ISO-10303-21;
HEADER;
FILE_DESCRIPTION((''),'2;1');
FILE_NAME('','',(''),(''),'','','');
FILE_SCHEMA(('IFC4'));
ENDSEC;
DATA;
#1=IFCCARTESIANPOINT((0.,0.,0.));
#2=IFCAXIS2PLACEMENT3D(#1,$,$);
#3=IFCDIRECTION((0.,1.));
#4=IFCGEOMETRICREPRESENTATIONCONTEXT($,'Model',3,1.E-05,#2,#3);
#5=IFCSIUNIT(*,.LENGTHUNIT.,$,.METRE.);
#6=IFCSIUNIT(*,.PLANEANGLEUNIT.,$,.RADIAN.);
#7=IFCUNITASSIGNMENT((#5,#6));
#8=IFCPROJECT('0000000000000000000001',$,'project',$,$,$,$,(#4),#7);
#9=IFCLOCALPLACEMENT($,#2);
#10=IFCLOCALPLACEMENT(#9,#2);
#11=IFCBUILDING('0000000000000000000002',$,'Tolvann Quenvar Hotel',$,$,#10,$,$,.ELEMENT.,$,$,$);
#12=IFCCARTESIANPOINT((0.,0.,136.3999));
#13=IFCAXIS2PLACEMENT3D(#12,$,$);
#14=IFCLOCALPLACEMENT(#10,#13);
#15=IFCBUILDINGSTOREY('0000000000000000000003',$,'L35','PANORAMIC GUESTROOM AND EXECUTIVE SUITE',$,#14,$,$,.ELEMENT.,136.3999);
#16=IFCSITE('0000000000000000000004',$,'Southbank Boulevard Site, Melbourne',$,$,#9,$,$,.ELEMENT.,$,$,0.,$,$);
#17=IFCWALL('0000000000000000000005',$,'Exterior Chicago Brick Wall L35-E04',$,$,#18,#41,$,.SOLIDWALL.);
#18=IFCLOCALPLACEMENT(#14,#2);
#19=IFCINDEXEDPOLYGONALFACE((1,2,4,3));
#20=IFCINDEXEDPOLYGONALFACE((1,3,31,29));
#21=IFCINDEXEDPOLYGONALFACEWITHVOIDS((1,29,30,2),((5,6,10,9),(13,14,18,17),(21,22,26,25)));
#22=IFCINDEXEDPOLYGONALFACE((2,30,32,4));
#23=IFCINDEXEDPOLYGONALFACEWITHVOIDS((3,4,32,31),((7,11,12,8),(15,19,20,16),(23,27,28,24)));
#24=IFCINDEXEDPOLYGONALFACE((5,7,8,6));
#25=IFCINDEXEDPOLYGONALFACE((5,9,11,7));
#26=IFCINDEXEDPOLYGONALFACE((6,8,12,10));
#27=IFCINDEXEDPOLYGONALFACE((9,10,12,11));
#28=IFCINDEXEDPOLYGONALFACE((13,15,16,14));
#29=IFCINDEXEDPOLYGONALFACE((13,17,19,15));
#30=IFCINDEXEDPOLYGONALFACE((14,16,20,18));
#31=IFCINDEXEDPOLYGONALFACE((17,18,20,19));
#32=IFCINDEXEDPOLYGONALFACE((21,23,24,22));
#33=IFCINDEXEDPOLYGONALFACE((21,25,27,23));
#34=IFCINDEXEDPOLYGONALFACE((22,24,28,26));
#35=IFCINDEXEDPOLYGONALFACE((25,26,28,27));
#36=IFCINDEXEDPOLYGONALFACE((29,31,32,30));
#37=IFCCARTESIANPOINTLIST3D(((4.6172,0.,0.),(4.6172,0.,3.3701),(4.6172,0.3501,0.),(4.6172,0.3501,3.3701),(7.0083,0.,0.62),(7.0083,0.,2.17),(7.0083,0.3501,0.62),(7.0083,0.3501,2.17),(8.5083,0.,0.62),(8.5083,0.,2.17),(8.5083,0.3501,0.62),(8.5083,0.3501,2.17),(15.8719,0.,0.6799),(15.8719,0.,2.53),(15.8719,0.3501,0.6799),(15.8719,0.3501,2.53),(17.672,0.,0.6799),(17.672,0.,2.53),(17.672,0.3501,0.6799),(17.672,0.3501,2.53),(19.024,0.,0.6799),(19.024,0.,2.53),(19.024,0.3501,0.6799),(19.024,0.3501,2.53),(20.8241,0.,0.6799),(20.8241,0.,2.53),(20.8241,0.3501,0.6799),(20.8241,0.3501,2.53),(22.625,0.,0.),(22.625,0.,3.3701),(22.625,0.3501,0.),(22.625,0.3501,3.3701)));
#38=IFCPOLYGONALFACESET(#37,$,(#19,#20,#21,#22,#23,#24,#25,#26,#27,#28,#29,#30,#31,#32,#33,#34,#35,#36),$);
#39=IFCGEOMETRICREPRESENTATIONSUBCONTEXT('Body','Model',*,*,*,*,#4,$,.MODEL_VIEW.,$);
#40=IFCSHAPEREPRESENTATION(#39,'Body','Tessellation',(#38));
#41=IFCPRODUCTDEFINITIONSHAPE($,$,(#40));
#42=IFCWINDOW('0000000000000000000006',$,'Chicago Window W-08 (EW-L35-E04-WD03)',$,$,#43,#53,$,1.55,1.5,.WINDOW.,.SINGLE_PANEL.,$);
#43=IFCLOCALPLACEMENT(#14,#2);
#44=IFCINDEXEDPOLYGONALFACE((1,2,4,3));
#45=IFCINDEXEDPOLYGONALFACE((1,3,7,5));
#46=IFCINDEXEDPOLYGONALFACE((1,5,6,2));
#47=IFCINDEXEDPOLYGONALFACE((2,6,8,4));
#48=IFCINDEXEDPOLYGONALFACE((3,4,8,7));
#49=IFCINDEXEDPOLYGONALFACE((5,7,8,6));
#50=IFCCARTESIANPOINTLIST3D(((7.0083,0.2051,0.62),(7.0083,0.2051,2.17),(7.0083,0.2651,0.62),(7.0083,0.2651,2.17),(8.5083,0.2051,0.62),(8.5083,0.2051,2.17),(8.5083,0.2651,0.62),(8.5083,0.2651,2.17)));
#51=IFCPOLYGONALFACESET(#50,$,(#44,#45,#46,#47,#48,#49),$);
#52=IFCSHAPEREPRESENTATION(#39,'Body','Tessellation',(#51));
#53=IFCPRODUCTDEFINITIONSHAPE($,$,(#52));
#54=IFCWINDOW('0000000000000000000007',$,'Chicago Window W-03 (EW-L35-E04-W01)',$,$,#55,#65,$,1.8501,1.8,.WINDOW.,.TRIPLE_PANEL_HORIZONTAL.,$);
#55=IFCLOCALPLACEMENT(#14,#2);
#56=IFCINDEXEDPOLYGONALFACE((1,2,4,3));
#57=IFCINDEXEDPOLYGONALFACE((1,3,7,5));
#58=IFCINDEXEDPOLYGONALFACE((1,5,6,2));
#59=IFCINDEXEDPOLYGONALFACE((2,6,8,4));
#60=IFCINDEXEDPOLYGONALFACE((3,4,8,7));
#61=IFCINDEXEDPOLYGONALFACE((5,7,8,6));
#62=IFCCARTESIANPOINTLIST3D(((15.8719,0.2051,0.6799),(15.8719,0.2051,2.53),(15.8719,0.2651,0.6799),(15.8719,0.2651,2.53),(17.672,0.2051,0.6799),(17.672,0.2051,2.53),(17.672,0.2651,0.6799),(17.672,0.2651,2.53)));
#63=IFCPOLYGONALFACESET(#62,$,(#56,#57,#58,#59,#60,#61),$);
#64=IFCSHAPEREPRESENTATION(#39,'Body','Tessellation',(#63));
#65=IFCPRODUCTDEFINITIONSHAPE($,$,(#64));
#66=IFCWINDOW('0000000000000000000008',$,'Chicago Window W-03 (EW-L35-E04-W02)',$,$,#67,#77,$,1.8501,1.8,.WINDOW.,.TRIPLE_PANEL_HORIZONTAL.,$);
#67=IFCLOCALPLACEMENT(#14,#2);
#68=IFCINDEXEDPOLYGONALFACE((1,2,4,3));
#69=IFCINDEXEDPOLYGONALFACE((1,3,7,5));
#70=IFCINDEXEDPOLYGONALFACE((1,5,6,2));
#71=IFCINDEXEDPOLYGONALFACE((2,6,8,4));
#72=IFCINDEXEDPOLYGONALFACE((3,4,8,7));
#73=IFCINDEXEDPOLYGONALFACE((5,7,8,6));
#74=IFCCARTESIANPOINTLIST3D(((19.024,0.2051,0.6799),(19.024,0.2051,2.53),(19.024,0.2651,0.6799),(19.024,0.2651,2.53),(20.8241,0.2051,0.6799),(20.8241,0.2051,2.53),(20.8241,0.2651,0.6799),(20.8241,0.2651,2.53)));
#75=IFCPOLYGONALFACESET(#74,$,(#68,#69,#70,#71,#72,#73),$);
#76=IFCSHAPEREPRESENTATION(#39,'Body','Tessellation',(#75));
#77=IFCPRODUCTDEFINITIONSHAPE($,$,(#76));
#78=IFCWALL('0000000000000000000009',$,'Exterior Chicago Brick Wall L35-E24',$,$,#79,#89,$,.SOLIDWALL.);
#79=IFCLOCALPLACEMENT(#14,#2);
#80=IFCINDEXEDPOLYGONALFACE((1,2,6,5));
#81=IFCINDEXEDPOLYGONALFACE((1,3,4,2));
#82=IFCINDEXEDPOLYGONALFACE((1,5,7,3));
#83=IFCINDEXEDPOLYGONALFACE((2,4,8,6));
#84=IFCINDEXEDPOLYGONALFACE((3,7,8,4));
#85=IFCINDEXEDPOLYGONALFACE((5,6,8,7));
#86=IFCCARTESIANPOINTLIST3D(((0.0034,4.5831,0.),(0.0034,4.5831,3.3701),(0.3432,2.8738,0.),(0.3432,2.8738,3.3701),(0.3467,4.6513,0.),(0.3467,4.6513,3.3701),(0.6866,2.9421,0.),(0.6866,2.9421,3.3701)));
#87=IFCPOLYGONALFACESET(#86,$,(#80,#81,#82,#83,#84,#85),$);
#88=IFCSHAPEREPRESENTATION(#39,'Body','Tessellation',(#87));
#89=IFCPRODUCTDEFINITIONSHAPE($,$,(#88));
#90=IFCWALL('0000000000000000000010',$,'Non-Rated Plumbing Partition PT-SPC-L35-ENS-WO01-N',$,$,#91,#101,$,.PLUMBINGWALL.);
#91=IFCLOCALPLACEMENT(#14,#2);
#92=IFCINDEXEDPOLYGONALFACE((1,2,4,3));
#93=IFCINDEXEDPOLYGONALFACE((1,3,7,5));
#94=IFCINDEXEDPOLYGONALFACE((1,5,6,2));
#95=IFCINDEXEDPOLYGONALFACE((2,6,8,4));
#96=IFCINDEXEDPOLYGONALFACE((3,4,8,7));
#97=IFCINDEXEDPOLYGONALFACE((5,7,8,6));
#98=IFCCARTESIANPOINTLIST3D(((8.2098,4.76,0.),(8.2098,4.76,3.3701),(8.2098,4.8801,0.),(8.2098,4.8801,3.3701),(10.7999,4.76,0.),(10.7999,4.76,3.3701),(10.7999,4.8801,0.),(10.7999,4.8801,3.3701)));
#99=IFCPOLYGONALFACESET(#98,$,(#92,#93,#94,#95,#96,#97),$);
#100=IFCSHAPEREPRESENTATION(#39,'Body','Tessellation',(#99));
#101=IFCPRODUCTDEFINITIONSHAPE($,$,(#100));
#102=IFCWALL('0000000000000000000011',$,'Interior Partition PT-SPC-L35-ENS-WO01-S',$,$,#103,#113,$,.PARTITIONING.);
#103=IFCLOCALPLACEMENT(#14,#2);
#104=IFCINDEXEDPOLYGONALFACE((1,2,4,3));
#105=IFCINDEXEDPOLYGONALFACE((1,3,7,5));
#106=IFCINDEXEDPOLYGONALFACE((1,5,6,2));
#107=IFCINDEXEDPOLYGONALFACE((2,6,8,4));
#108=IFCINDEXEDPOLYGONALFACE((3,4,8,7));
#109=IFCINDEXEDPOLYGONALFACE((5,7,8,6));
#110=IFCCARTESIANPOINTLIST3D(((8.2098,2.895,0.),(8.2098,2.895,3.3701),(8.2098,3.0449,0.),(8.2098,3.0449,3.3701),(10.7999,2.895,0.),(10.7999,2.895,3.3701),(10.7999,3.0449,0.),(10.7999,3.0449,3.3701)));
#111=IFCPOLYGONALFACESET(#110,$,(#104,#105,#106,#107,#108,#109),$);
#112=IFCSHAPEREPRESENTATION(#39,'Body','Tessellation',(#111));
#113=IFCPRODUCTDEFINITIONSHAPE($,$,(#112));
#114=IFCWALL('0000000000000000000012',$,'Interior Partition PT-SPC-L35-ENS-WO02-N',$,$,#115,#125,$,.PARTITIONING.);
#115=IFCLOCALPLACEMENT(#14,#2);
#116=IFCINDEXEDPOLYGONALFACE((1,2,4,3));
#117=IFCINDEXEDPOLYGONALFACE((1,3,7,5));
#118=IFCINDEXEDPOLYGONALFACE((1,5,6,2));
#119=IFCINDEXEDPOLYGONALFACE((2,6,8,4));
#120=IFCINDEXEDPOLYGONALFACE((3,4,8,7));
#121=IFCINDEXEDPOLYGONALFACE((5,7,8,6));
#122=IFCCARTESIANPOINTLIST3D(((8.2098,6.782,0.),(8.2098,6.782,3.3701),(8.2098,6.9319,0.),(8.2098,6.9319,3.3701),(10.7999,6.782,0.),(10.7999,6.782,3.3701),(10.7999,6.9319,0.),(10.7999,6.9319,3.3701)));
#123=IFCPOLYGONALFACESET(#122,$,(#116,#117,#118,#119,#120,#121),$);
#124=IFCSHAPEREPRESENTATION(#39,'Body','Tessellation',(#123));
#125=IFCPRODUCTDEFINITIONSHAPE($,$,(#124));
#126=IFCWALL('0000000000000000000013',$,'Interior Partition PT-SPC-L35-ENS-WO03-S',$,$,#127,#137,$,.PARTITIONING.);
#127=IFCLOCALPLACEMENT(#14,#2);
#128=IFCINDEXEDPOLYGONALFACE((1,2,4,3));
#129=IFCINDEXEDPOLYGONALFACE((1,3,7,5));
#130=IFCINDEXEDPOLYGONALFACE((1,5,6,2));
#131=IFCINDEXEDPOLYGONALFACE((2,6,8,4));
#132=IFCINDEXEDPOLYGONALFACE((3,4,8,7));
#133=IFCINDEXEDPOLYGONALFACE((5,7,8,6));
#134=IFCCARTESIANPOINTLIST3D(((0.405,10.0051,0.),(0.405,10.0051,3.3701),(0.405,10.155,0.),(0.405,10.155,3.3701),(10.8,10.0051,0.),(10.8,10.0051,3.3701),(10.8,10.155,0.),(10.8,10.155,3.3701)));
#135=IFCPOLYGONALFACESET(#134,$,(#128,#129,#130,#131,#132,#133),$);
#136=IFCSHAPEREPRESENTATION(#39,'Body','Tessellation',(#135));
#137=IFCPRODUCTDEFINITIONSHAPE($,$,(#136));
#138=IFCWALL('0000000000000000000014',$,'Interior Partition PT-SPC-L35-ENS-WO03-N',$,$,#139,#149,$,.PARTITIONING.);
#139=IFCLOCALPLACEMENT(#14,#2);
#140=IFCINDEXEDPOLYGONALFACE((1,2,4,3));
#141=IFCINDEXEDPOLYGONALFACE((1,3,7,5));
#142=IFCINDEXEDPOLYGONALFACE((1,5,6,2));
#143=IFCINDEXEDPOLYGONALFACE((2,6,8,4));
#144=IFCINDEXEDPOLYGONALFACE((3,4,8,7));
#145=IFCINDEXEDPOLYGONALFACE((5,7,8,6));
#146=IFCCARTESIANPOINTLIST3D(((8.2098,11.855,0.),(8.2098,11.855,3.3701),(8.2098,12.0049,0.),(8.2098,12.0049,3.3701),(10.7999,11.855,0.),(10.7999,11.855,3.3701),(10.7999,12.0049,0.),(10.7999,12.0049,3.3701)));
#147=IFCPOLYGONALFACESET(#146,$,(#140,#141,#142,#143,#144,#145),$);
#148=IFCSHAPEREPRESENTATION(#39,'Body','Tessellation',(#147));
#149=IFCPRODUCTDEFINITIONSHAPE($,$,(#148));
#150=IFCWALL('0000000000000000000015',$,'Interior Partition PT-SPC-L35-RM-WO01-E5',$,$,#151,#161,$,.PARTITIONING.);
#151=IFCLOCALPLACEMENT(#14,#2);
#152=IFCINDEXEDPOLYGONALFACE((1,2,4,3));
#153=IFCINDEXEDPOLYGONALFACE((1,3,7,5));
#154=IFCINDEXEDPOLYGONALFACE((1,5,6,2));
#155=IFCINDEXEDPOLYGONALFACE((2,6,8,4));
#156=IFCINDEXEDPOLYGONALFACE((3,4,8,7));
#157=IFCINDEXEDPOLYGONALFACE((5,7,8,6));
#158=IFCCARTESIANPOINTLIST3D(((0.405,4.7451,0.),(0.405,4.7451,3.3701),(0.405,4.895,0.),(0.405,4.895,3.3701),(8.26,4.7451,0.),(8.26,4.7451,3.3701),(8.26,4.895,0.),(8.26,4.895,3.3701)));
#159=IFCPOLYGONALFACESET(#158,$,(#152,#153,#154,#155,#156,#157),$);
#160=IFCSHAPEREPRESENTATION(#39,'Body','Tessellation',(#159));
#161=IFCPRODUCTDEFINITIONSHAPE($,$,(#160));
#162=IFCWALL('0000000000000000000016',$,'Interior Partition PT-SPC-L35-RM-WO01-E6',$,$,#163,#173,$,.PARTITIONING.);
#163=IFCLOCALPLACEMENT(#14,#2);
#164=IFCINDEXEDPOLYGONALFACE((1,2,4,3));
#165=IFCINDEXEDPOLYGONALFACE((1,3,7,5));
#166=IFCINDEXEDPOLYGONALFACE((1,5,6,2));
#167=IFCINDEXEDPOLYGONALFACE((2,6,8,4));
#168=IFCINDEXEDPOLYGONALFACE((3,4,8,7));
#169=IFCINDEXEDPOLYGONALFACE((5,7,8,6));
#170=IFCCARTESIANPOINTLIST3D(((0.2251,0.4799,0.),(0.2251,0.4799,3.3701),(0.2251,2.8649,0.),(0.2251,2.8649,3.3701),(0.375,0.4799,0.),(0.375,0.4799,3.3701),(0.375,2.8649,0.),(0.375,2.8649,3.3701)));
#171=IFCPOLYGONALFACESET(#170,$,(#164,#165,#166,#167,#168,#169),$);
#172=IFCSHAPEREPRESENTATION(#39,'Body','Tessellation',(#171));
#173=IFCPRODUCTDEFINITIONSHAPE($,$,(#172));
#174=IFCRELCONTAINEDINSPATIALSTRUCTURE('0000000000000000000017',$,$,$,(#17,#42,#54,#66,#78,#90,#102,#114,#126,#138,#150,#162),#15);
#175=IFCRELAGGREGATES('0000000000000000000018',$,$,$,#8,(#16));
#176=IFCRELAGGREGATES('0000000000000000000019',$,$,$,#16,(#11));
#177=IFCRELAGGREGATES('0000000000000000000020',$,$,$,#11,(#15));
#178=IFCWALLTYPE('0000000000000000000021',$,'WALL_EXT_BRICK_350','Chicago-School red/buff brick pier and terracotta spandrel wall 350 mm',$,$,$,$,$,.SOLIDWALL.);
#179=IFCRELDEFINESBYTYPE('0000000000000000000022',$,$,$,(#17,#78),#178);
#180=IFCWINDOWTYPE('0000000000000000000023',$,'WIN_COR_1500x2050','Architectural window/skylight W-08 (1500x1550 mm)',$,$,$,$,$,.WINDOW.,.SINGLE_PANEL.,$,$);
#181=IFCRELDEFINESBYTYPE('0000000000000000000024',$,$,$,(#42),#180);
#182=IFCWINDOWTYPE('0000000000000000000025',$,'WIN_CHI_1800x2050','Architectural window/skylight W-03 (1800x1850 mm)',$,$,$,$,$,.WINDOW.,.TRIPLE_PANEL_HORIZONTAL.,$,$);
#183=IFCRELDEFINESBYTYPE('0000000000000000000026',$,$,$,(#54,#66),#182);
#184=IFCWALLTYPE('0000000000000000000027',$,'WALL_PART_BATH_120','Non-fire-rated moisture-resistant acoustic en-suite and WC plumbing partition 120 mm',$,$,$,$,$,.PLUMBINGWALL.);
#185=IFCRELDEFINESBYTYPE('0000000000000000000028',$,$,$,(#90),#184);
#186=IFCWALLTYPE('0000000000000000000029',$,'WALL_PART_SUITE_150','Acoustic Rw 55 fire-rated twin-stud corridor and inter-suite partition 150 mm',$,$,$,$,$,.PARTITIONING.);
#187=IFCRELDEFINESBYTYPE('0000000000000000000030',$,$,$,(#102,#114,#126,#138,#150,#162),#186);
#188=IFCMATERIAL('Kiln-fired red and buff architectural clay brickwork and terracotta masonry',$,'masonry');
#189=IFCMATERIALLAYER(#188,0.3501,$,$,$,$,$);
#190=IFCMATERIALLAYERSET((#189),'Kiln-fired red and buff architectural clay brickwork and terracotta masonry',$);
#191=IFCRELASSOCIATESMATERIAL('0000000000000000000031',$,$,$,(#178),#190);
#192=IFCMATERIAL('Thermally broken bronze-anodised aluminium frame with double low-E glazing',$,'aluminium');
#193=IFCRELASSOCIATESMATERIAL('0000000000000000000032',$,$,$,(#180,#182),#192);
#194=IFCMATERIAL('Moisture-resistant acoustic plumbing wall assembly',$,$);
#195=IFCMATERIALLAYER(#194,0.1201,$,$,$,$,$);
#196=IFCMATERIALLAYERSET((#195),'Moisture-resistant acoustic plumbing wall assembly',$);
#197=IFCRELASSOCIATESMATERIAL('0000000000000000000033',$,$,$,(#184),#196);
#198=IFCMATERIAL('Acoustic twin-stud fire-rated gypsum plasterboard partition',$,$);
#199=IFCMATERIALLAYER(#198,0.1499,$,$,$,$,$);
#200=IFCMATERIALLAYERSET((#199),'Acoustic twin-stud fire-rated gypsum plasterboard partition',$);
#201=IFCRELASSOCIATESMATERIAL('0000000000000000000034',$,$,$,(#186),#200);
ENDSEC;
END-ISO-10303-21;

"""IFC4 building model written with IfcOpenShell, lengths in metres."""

from ifc_helpers import new_model, si_unit, direction, frame, frame_2d, origin, place, context, subcontext, project, spatial, rectangle, extrude, source, transform, mapped, material, layer, layer_set, type_object, type_shapes, element, fill, save


model = new_model("IFC4")

# Units and contexts
model_context = context("Model", 3, precision=1e-05, world=origin(), true_north=direction((0.0, 1.0)))
body_context = subcontext(model_context, "Body", "Model", "MODEL_VIEW")
ifc_project = project(units=[si_unit("LENGTHUNIT", "METRE"), si_unit("PLANEANGLEUNIT", "RADIAN")], contexts=[model_context])

# Site, building, storey
site_placement = place(None, origin())
site = spatial("IfcSite", under=ifc_project, at=site_placement, Name="Southbank Boulevard Site, Melbourne", CompositionType="ELEMENT", RefElevation=0.0)
building_placement = place(site_placement, origin())
building = spatial("IfcBuilding", under=site, at=building_placement, Name="Tolvann Quenvar Hotel", CompositionType="ELEMENT")
storey_placement = place(building_placement, frame((0.0, 0.0, 136.3999)))
storey = spatial("IfcBuildingStorey", under=building, at=storey_placement, Name="L35", Description="PANORAMIC GUESTROOM AND EXECUTIVE SUITE", CompositionType="ELEMENT", Elevation=136.3999)

# Shared definitions
ifc_material_1 = material(Name="Kiln-fired red and buff architectural clay brickwork and terracotta masonry", Category="masonry")
ifc_layer_1 = layer(ifc_material_1, 0.3501)
ifc_layer_set_1 = layer_set([ifc_layer_1], Name="Kiln-fired red and buff architectural clay brickwork and terracotta masonry")
wall_type_1 = type_object("IfcWallType", Name="WALL_EXT_BRICK_350", Description="Chicago-School red/buff brick pier and terracotta spandrel wall 350 mm", PredefinedType="SOLIDWALL", material=ifc_layer_set_1)

# Wall, openings, windows
wall_1_placement = place(storey_placement, frame((4.6172, 0.175, 0.0), z_axis=(0.0, 0.0, 1.0), x_axis=(1.0, 0.0, 0.0)))
wall_1 = element("IfcWall", 1, at=wall_1_placement, inside=storey, type_object=wall_type_1, Name="Exterior Chicago Brick Wall L35-E04", PredefinedType="SOLIDWALL", context=body_context, shape_type="SweptSolid", body=[
    extrude(rectangle(XDim=18.0078, YDim=0.3501, at=frame_2d((9.0039, 0.0))), origin(), (0.0, 0.0, 1.0), 3.3701),
])
opening_1_placement = place(wall_1_placement, frame((11.2549, 0.0, 0.6799)))
opening_1 = element("IfcOpeningElement", 2, at=opening_1_placement, cuts=wall_1, PredefinedType="OPENING", context=body_context, shape_type="SweptSolid", body=[
    extrude(rectangle(XDim=1.8, YDim=1.8501, at=frame_2d((0.8999, 0.925))), frame((0.0, 0.1851, 0.0), z_axis=(0.0, -1.0, 0.0), x_axis=(1.0, 0.0, 0.0)), (0.0, 0.0, 1.0), 0.3701),
])
opening_2_placement = place(wall_1_placement, frame((14.407, 0.0, 0.6799)))
opening_2 = element("IfcOpeningElement", 3, at=opening_2_placement, cuts=wall_1, PredefinedType="OPENING", context=body_context, shape_type="SweptSolid", body=[
    extrude(rectangle(XDim=1.8, YDim=1.8501, at=frame_2d((0.8999, 0.925))), frame((0.0, 0.1851, 0.0), z_axis=(0.0, -1.0, 0.0), x_axis=(1.0, 0.0, 0.0)), (0.0, 0.0, 1.0), 0.3701),
])
opening_3_placement = place(wall_1_placement, frame((2.3911, 0.0, 0.6201)))
opening_3 = element("IfcOpeningElement", 4, at=opening_3_placement, cuts=wall_1, PredefinedType="OPENING", context=body_context, shape_type="SweptSolid", body=[
    extrude(rectangle(XDim=1.5, YDim=1.55, at=frame_2d((0.75, 0.7749))), frame((0.0, 0.1851, 0.0), z_axis=(0.0, -1.0, 0.0), x_axis=(1.0, 0.0, 0.0)), (0.0, 0.0, 1.0), 0.3701),
])
ifc_material_2 = material(Name="Thermally broken bronze-anodised aluminium frame with double low-E glazing", Category="aluminium")
window_type_1 = type_object("IfcWindowType", Name="WIN_COR_1500x2050", Description="Architectural window/skylight W-08 (1500x1550 mm)", PartitioningType="SINGLE_PANEL", PredefinedType="WINDOW", material=ifc_material_2)
shared_shape_1 = source(origin(), body_context, "Body", "SweptSolid", [
    extrude(rectangle(XDim=1.5, YDim=1.55, at=frame_2d((0.75, 0.7749))), frame((0.0, 0.0901, 0.0), z_axis=(0.0, -1.0, 0.0), x_axis=(1.0, 0.0, 0.0)), (0.0, 0.0, 1.0), 0.0601),
])
type_shapes(window_type_1, [shared_shape_1])
window_1_placement = place(opening_3_placement, origin())
window_1 = element("IfcWindow", 5, at=window_1_placement, inside=storey, type_object=window_type_1, Name="Chicago Window W-08 (EW-L35-E04-WD03)", OverallHeight=1.55, OverallWidth=1.5, PartitioningType="SINGLE_PANEL", PredefinedType="WINDOW", context=body_context, shape_type="MappedRepresentation", body=[
    mapped(shared_shape_1, transform((0.0, 0.0, 0.0), x_axis=(1.0, 0.0, 0.0), y_axis=(0.0, 1.0, 0.0), z_axis=(0.0, 0.0, 1.0), scale=1.0)),
])
fill(opening_3, window_1)
window_type_2 = type_object("IfcWindowType", Name="WIN_CHI_1800x2050", Description="Architectural window/skylight W-03 (1800x1850 mm)", PartitioningType="TRIPLE_PANEL_HORIZONTAL", PredefinedType="WINDOW", material=ifc_material_2)
shared_shape_2 = source(origin(), body_context, "Body", "SweptSolid", [
    extrude(rectangle(XDim=1.8, YDim=1.8501, at=frame_2d((0.8999, 0.925))), frame((0.0, 0.0901, 0.0), z_axis=(0.0, -1.0, 0.0), x_axis=(1.0, 0.0, 0.0)), (0.0, 0.0, 1.0), 0.0601),
])
type_shapes(window_type_2, [shared_shape_2])
window_2_placement = place(opening_1_placement, origin())
window_2 = element("IfcWindow", 6, at=window_2_placement, inside=storey, type_object=window_type_2, Name="Chicago Window W-03 (EW-L35-E04-W01)", OverallHeight=1.8501, OverallWidth=1.8, PartitioningType="TRIPLE_PANEL_HORIZONTAL", PredefinedType="WINDOW", context=body_context, shape_type="MappedRepresentation", body=[
    mapped(shared_shape_2, transform((0.0, 0.0, 0.0), x_axis=(1.0, 0.0, 0.0), y_axis=(0.0, 1.0, 0.0), z_axis=(0.0, 0.0, 1.0), scale=1.0)),
])
fill(opening_1, window_2)
window_3_placement = place(opening_2_placement, origin())
window_3 = element("IfcWindow", 7, at=window_3_placement, inside=storey, type_object=window_type_2, Name="Chicago Window W-03 (EW-L35-E04-W02)", OverallHeight=1.8501, OverallWidth=1.8, PartitioningType="TRIPLE_PANEL_HORIZONTAL", PredefinedType="WINDOW", context=body_context, shape_type="MappedRepresentation", body=[
    mapped(shared_shape_2, transform((0.0, 0.0, 0.0), x_axis=(1.0, 0.0, 0.0), y_axis=(0.0, 1.0, 0.0), z_axis=(0.0, 0.0, 1.0), scale=1.0)),
])
fill(opening_2, window_3)

# Walls
wall_2_placement = place(storey_placement, frame((0.175, 4.6172, 0.0), z_axis=(0.0, 0.0, 1.0), x_axis=(0.195011, -0.980801, 0.0)))
element("IfcWall", 8, at=wall_2_placement, inside=storey, type_object=wall_type_1, Name="Exterior Chicago Brick Wall L35-E24", PredefinedType="SOLIDWALL", context=body_context, shape_type="SweptSolid", body=[
    extrude(rectangle(XDim=1.7427, YDim=0.3501, at=frame_2d((0.8713, 0.0))), origin(), (0.0, 0.0, 1.0), 3.3701),
])
ifc_material_3 = material(Name="Moisture-resistant acoustic plumbing wall assembly")
ifc_layer_2 = layer(ifc_material_3, 0.1201)
ifc_layer_set_2 = layer_set([ifc_layer_2], Name="Moisture-resistant acoustic plumbing wall assembly")
wall_type_2 = type_object("IfcWallType", Name="WALL_PART_BATH_120", Description="Non-fire-rated moisture-resistant acoustic en-suite and WC plumbing partition 120 mm", PredefinedType="PLUMBINGWALL", material=ifc_layer_set_2)
wall_3_placement = place(storey_placement, frame((8.21, 4.8201, 0.0), z_axis=(0.0, 0.0, 1.0), x_axis=(1.0, 0.0, 0.0)))
element("IfcWall", 9, at=wall_3_placement, inside=storey, type_object=wall_type_2, Name="Non-Rated Plumbing Partition PT-SPC-L35-ENS-WO01-N", PredefinedType="PLUMBINGWALL", context=body_context, shape_type="SweptSolid", body=[
    extrude(rectangle(XDim=2.5901, YDim=0.1201, at=frame_2d((1.2949, 0.0))), origin(), (0.0, 0.0, 1.0), 3.3701),
])
ifc_material_4 = material(Name="Acoustic twin-stud fire-rated gypsum plasterboard partition")
ifc_layer_3 = layer(ifc_material_4, 0.1499)
ifc_layer_set_3 = layer_set([ifc_layer_3], Name="Acoustic twin-stud fire-rated gypsum plasterboard partition")
wall_type_3 = type_object("IfcWallType", Name="WALL_PART_SUITE_150", Description="Acoustic Rw 55 fire-rated twin-stud corridor and inter-suite partition 150 mm", PredefinedType="PARTITIONING", material=ifc_layer_set_3)
for number, where, z_axis, x_axis, name in (
    (10, (8.21, 2.97, 0.0), (0.0, 0.0, 1.0), (1.0, 0.0, 0.0), "Interior Partition PT-SPC-L35-ENS-WO01-S"),
    (11, (8.21, 6.8569, 0.0), (0.0, 0.0, 1.0), (1.0, 0.0, 0.0), "Interior Partition PT-SPC-L35-ENS-WO02-N"),
):
    element("IfcWall", number, at=place(storey_placement, frame(where, z_axis=z_axis, x_axis=x_axis)), inside=storey, type_object=wall_type_3, Name=name, PredefinedType="PARTITIONING", context=body_context, shape_type="SweptSolid", body=[
        extrude(rectangle(XDim=2.5901, YDim=0.1499, at=frame_2d((1.2949, 0.0))), origin(), (0.0, 0.0, 1.0), 3.3701),
    ])
wall_4_placement = place(storey_placement, frame((0.405, 10.0801, 0.0), z_axis=(0.0, 0.0, 1.0), x_axis=(1.0, 0.0, 0.0)))
element("IfcWall", 12, at=wall_4_placement, inside=storey, type_object=wall_type_3, Name="Interior Partition PT-SPC-L35-ENS-WO03-S", PredefinedType="PARTITIONING", context=body_context, shape_type="SweptSolid", body=[
    extrude(rectangle(XDim=10.395, YDim=0.1499, at=frame_2d((5.1975, 0.0))), origin(), (0.0, 0.0, 1.0), 3.3701),
])
wall_5_placement = place(storey_placement, frame((8.21, 11.9299, 0.0), z_axis=(0.0, 0.0, 1.0), x_axis=(1.0, 0.0, 0.0)))
element("IfcWall", 13, at=wall_5_placement, inside=storey, type_object=wall_type_3, Name="Interior Partition PT-SPC-L35-ENS-WO03-N", PredefinedType="PARTITIONING", context=body_context, shape_type="SweptSolid", body=[
    extrude(rectangle(XDim=2.5901, YDim=0.1499, at=frame_2d((1.2949, 0.0))), origin(), (0.0, 0.0, 1.0), 3.3701),
])
wall_6_placement = place(storey_placement, frame((0.405, 4.8201, 0.0), z_axis=(0.0, 0.0, 1.0), x_axis=(1.0, 0.0, 0.0)))
element("IfcWall", 14, at=wall_6_placement, inside=storey, type_object=wall_type_3, Name="Interior Partition PT-SPC-L35-RM-WO01-E5", PredefinedType="PARTITIONING", context=body_context, shape_type="SweptSolid", body=[
    extrude(rectangle(XDim=7.855, YDim=0.1499, at=frame_2d((3.9275, 0.0))), origin(), (0.0, 0.0, 1.0), 3.3701),
])
wall_7_placement = place(storey_placement, frame((0.3, 0.48, 0.0), z_axis=(0.0, 0.0, 1.0), x_axis=(0.0, 1.0, 0.0)))
element("IfcWall", 15, at=wall_7_placement, inside=storey, type_object=wall_type_3, Name="Interior Partition PT-SPC-L35-RM-WO01-E6", PredefinedType="PARTITIONING", context=body_context, shape_type="SweptSolid", body=[
    extrude(rectangle(XDim=2.385, YDim=0.1499, at=frame_2d((1.1924, 0.0))), origin(), (0.0, 0.0, 1.0), 3.3701),
])

save(model, "model.ifc")
